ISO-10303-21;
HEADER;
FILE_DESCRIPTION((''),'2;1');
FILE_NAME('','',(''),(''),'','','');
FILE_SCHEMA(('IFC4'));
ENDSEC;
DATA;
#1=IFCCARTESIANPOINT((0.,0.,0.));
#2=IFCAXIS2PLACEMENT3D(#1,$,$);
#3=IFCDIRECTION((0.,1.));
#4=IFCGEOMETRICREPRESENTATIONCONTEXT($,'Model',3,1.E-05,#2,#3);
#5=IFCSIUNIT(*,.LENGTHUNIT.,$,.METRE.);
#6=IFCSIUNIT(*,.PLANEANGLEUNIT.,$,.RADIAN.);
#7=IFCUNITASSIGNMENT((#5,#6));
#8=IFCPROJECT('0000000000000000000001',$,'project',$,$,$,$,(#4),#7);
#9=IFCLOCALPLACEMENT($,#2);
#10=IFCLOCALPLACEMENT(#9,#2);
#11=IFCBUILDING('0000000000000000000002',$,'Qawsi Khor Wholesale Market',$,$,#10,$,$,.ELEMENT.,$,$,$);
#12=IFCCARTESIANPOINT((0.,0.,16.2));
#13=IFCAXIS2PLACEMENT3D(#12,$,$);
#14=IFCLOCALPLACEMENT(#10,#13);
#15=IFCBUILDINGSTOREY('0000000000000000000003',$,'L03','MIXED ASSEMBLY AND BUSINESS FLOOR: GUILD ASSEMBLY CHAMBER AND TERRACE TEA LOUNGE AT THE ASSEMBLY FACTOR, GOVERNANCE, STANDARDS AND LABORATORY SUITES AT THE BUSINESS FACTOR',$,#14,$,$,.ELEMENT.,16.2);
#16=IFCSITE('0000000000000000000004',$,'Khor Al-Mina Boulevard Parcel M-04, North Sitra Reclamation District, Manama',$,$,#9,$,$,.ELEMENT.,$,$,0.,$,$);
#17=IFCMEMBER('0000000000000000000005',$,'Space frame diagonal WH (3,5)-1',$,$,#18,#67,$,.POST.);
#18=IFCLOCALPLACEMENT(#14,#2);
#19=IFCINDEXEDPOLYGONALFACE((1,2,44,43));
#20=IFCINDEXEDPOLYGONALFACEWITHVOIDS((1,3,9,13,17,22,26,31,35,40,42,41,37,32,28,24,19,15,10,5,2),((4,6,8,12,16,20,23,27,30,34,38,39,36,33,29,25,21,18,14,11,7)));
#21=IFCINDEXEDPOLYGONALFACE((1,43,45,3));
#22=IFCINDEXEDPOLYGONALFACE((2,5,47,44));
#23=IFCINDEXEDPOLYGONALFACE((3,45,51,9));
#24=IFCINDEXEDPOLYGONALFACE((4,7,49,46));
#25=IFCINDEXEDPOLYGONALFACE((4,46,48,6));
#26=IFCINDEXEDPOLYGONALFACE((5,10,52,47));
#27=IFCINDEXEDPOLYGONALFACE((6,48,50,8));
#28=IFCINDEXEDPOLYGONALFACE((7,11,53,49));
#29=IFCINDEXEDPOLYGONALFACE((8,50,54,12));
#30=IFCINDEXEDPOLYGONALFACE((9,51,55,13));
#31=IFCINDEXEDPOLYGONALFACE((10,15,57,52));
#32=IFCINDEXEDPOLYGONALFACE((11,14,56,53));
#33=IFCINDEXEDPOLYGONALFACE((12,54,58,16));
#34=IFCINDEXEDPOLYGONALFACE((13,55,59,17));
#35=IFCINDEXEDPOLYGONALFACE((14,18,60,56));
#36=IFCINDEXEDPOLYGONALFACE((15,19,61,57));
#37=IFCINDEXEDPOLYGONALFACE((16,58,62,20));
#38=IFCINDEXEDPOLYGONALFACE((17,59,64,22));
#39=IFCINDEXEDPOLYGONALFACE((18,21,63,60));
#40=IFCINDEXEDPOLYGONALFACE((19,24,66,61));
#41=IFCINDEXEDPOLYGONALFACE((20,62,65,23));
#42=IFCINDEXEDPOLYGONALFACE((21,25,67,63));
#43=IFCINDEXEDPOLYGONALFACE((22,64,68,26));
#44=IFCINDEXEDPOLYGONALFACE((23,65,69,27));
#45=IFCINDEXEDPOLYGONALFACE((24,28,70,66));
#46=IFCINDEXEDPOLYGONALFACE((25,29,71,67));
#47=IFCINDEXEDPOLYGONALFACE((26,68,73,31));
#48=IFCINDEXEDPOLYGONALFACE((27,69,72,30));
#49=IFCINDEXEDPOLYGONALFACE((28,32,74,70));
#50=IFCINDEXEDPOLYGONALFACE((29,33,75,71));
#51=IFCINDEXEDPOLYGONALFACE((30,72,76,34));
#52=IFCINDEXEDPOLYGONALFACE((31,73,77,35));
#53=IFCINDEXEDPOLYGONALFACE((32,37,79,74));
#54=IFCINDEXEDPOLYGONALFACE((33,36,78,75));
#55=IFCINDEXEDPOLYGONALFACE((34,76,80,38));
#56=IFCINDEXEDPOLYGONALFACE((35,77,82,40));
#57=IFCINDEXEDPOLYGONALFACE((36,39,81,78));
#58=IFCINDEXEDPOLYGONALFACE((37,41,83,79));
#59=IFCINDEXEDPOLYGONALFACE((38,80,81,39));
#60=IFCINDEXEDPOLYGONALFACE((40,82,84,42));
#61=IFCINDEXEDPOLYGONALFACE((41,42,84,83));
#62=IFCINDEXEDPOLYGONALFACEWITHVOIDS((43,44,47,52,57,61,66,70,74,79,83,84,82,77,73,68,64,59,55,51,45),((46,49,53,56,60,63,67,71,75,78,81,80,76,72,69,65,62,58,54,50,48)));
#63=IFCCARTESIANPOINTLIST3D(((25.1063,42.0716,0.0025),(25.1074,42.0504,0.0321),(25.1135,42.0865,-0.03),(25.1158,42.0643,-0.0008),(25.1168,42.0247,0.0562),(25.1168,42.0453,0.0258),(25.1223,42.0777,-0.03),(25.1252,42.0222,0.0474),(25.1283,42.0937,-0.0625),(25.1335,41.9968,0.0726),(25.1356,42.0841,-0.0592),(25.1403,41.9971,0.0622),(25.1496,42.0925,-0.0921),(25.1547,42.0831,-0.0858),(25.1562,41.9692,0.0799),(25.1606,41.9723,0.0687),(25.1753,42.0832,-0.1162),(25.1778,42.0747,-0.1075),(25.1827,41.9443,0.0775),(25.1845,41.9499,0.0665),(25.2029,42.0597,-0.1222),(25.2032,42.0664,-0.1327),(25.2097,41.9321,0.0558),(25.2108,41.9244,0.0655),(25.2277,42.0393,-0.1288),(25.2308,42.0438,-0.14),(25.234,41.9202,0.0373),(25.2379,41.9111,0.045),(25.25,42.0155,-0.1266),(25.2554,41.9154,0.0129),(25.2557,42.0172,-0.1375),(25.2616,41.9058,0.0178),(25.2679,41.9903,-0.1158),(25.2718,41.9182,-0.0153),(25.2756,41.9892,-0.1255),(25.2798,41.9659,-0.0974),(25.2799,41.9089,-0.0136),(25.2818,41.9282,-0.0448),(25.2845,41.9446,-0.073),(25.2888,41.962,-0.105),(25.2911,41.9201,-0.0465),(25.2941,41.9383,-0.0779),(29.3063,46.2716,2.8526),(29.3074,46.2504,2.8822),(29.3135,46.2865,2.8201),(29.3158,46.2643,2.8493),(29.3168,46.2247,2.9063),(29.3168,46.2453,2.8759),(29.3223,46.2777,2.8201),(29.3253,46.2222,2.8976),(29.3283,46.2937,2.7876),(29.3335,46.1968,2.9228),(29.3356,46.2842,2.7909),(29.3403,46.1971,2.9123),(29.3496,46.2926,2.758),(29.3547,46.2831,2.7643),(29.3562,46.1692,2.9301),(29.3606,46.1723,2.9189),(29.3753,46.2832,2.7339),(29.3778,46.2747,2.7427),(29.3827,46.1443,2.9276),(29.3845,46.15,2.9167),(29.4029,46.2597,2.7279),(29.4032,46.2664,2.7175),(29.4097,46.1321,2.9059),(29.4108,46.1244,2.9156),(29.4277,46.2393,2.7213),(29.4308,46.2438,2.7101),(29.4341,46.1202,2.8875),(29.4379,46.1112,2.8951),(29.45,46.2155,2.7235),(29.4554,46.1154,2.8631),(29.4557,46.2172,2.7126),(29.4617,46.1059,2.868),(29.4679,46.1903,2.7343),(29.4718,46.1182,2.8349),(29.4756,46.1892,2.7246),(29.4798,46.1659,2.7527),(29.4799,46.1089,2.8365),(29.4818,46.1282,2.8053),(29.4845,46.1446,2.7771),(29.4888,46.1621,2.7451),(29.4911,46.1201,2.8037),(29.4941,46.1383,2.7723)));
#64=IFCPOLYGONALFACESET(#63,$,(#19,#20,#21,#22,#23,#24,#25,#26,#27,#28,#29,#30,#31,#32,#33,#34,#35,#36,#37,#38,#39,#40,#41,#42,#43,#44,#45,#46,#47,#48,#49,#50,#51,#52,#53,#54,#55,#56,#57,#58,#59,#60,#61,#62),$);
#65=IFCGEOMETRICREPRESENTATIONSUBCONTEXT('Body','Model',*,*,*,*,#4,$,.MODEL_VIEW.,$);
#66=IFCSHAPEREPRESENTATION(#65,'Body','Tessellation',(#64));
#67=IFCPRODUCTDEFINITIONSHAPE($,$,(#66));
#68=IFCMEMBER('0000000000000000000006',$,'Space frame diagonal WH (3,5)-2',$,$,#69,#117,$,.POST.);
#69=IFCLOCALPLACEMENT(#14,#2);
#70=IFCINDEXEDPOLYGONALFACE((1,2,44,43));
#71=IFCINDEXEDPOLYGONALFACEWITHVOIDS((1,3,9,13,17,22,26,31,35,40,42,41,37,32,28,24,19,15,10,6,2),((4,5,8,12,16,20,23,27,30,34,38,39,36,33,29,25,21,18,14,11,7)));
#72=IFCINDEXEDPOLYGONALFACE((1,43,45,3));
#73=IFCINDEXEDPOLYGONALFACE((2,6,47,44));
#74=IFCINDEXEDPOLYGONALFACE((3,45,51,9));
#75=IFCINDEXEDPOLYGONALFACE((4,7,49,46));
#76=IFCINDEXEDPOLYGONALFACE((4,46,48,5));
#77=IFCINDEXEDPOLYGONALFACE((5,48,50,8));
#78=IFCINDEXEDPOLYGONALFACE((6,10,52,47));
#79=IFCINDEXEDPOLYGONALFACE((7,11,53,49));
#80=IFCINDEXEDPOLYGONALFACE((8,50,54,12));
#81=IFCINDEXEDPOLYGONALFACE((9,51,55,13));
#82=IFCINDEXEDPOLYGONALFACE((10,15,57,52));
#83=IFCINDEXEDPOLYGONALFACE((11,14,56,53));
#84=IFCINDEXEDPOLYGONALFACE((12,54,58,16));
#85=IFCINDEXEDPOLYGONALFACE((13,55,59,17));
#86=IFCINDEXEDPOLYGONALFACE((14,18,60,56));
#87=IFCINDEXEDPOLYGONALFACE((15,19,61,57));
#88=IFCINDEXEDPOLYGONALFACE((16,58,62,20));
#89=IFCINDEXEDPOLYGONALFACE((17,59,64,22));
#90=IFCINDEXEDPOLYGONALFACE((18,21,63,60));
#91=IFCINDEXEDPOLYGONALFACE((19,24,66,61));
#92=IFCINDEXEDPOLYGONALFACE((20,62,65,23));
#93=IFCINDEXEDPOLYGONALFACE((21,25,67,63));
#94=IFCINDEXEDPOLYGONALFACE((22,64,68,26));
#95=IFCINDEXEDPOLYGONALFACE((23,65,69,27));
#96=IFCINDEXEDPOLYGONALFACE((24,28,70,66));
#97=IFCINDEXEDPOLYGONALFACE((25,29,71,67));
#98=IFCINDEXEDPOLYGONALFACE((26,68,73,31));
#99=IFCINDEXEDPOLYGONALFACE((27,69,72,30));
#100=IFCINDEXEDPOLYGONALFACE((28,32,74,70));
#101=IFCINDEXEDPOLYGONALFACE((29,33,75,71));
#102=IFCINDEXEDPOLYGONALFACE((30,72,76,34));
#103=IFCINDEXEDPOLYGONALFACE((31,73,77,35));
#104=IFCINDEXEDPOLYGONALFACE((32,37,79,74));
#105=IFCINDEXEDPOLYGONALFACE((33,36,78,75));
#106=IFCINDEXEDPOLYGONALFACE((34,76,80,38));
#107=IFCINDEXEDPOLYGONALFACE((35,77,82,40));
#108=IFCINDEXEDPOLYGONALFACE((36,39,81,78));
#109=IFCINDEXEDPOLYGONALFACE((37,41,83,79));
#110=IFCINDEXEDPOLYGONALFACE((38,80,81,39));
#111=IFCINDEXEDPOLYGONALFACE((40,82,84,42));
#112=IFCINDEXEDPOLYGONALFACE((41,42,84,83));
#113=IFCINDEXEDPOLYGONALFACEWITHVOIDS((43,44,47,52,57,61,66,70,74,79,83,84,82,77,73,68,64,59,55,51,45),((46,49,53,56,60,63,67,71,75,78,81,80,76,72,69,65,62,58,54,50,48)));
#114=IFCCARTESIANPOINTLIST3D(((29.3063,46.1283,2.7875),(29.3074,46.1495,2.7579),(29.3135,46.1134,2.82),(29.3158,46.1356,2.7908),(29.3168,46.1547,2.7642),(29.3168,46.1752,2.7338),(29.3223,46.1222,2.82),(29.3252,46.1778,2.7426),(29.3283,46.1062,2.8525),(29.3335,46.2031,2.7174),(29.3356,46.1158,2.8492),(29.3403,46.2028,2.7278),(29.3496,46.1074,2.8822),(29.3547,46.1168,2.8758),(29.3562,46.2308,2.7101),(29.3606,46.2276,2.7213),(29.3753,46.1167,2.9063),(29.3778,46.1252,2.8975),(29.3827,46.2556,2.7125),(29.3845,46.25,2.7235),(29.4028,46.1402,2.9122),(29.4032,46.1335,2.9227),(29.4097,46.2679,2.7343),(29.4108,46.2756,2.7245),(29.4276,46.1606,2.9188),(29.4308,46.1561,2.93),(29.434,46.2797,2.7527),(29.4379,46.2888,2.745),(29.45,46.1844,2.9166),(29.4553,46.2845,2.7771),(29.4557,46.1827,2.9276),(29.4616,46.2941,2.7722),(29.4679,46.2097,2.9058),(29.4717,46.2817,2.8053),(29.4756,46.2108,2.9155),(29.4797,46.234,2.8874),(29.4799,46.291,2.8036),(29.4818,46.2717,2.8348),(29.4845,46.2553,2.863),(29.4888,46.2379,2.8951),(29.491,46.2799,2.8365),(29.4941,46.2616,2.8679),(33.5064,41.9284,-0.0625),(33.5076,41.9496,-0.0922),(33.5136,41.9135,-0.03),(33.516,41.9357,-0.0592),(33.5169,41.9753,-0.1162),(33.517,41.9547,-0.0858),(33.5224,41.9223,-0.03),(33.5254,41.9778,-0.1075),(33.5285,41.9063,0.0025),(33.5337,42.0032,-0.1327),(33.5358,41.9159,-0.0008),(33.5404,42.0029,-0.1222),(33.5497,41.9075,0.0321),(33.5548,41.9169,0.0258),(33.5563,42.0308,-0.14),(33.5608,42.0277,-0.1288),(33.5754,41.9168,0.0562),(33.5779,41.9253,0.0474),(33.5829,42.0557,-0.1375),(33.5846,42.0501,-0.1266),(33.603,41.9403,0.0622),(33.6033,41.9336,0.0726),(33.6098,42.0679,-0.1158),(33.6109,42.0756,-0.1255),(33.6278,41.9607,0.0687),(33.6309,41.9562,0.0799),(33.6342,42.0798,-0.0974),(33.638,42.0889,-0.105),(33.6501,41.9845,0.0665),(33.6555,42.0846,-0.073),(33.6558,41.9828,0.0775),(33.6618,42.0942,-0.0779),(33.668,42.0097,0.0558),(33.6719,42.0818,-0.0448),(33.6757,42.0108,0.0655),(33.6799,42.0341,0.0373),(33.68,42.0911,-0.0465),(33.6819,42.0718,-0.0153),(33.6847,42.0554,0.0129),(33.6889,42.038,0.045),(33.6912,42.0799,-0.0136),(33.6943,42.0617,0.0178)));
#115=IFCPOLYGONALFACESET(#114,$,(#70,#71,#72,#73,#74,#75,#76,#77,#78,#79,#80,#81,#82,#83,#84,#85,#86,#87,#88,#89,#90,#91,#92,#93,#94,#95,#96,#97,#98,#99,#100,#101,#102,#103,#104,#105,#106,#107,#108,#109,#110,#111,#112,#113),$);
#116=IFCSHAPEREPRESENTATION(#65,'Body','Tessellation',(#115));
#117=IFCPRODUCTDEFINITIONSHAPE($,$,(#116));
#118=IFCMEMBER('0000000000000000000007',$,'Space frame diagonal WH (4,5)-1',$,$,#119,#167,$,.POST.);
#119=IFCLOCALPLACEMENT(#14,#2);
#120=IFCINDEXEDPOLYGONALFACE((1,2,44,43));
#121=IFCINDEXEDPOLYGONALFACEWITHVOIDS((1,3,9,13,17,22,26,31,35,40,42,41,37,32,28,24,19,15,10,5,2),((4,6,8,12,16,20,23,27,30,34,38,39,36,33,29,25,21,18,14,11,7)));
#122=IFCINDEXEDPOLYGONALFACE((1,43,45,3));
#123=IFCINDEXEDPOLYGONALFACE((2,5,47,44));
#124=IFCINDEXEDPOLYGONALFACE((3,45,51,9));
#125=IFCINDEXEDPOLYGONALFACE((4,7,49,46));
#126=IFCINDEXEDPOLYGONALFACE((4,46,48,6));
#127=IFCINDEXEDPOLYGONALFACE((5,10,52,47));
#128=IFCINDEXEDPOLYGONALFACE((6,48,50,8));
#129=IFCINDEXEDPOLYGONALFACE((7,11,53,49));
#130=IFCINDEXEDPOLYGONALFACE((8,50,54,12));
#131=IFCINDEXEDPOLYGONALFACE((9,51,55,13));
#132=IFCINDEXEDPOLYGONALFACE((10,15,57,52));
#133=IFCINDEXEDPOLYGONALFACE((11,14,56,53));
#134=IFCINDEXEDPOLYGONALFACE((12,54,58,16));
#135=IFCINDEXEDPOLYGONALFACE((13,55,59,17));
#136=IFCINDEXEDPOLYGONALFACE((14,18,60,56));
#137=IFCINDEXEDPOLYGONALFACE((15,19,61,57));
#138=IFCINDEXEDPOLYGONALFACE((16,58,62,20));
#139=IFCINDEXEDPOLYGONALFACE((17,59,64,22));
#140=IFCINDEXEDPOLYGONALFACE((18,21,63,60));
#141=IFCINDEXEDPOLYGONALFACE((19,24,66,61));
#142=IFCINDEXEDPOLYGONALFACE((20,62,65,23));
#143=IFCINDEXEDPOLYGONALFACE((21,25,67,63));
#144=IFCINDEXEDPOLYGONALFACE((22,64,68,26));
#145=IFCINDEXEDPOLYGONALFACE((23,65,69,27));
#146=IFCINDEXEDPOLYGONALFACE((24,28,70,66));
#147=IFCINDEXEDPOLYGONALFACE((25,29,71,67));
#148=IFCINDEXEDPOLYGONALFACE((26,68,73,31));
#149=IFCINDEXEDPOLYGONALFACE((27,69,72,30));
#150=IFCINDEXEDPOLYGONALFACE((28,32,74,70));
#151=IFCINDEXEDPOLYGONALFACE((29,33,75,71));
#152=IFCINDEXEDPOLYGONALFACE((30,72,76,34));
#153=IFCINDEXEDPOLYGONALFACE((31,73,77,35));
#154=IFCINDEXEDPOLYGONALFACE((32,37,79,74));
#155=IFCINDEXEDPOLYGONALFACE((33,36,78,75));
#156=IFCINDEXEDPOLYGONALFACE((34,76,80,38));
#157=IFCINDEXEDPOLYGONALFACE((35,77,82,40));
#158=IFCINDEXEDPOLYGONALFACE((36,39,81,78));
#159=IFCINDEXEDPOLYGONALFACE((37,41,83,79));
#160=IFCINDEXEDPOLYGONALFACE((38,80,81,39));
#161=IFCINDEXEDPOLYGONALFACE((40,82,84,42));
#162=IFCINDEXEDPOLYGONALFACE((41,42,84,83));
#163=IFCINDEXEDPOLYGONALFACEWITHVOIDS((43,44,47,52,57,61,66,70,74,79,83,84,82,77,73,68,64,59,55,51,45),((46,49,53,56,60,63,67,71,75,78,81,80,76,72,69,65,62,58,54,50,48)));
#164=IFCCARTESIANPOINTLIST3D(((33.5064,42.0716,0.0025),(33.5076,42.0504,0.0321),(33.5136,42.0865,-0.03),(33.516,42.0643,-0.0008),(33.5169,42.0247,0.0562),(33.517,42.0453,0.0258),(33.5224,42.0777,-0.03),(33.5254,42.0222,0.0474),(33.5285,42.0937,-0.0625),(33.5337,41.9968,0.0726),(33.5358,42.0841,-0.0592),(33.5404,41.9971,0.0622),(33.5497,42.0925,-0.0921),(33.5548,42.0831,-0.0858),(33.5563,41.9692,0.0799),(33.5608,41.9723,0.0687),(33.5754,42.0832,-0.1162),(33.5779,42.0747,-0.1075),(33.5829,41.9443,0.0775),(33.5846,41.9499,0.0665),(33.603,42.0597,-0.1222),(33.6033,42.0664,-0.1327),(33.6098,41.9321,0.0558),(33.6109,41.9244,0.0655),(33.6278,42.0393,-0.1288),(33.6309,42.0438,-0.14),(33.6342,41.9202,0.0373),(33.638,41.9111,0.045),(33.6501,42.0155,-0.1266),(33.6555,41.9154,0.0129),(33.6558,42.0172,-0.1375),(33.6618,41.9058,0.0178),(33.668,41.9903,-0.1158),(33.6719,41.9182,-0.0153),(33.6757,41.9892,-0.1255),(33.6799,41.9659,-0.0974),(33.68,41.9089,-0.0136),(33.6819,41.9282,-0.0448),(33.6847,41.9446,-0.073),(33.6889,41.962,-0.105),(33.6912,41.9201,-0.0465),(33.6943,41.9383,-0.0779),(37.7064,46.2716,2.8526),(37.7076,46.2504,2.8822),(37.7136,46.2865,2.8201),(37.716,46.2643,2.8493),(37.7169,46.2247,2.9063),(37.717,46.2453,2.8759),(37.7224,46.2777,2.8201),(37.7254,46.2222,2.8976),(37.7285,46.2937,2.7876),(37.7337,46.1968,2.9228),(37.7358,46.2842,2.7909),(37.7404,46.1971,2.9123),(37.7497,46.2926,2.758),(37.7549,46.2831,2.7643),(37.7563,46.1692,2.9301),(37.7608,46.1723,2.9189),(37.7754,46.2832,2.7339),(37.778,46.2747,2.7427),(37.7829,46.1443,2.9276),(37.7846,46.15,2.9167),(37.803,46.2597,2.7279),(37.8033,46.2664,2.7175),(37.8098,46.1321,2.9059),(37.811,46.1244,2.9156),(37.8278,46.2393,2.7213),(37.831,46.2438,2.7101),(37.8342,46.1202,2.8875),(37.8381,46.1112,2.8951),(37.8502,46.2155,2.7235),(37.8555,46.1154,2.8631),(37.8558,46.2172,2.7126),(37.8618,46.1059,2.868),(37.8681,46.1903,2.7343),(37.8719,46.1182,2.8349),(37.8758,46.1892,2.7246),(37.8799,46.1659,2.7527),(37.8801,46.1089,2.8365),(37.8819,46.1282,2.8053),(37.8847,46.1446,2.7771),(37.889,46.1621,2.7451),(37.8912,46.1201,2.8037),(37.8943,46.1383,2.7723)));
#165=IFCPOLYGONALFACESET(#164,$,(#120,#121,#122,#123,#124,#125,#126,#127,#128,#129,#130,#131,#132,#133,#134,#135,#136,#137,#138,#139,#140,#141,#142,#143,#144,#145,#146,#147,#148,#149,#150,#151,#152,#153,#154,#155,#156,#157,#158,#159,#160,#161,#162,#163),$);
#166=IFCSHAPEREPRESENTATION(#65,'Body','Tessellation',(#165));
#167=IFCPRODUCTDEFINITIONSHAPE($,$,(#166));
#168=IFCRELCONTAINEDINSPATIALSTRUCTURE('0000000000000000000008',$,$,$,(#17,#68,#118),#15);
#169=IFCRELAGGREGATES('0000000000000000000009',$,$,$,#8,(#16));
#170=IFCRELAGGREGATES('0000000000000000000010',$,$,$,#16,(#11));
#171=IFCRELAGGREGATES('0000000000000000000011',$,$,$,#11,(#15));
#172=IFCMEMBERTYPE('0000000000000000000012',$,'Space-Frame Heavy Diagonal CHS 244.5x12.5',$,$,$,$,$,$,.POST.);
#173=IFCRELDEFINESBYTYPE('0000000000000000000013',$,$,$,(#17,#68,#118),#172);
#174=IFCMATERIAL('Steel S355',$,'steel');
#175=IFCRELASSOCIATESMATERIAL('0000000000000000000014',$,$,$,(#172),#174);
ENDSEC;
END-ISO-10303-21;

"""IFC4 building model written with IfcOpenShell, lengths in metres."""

from ifc_helpers import new_model, si_unit, direction, frame, origin, origin_2d, place, context, subcontext, project, spatial, hollow_circle, extrude, material, material_profile, profile_set, type_object, element, save


model = new_model("IFC4")

# Units and contexts
model_context = context("Model", 3, precision=1e-05, world=origin(), true_north=direction((0.0, 1.0)))
body_context = subcontext(model_context, "Body", "Model", "MODEL_VIEW")
ifc_project = project(units=[si_unit("LENGTHUNIT", "METRE"), si_unit("PLANEANGLEUNIT", "RADIAN")], contexts=[model_context])

# Site, building, storey
site_placement = place(None, origin())
site = spatial("IfcSite", under=ifc_project, at=site_placement, Name="Khor Al-Mina Boulevard Parcel M-04, North Sitra Reclamation District, Manama", CompositionType="ELEMENT", RefElevation=0.0)
building_placement = place(site_placement, origin())
building = spatial("IfcBuilding", under=site, at=building_placement, Name="Qawsi Khor Wholesale Market", CompositionType="ELEMENT")
storey_placement = place(building_placement, frame((0.0, 0.0, 16.2)))
storey = spatial("IfcBuildingStorey", under=building, at=storey_placement, Name="L03", Description="MIXED ASSEMBLY AND BUSINESS FLOOR: GUILD ASSEMBLY CHAMBER AND TERRACE TEA LOUNGE AT THE ASSEMBLY FACTOR, GOVERNANCE, STANDARDS AND LABORATORY SUITES AT THE BUSINESS FACTOR", CompositionType="ELEMENT", Elevation=16.2)

# Members
ifc_material_1 = material(Name="Steel S355", Category="steel")
ifc_material_profile_1 = material_profile(ifc_material_1, hollow_circle(Radius=0.1223, WallThickness=0.0125, at=origin_2d()), Name="CHS 244.5x12.5")
ifc_profile_set_1 = profile_set([ifc_material_profile_1], Name="Steel S355")
member_type_1 = type_object("IfcMemberType", Name="Space-Frame Heavy Diagonal CHS 244.5x12.5", PredefinedType="POST", material=ifc_profile_set_1)
for number, where, z_axis, x_axis, name in (
    (1, (25.2, 42.0, -0.03), (0.637512, 0.637512, 0.432617), (-0.707107, 0.707107, 0.0), "Space frame diagonal WH (3,5)-1"),
    (2, (33.6001, 42.0, -0.03), (-0.637534, 0.637497, 0.432607), (-0.707086, -0.707127, 0.0), "Space frame diagonal WH (3,5)-2"),
    (3, (33.6001, 42.0, -0.03), (0.637512, 0.637512, 0.432617), (-0.707107, 0.707107, 0.0), "Space frame diagonal WH (4,5)-1"),
):
    element("IfcMember", number, at=place(storey_placement, frame(where, z_axis=z_axis, x_axis=x_axis)), inside=storey, type_object=member_type_1, Name=name, PredefinedType="POST", context=body_context, shape_type="SweptSolid", body=[
        extrude(hollow_circle(Radius=0.1223, WallThickness=0.0125, at=origin_2d()), origin(), (0.0, 0.0, 1.0), 6.5881),
    ])

save(model, "model.ifc")
